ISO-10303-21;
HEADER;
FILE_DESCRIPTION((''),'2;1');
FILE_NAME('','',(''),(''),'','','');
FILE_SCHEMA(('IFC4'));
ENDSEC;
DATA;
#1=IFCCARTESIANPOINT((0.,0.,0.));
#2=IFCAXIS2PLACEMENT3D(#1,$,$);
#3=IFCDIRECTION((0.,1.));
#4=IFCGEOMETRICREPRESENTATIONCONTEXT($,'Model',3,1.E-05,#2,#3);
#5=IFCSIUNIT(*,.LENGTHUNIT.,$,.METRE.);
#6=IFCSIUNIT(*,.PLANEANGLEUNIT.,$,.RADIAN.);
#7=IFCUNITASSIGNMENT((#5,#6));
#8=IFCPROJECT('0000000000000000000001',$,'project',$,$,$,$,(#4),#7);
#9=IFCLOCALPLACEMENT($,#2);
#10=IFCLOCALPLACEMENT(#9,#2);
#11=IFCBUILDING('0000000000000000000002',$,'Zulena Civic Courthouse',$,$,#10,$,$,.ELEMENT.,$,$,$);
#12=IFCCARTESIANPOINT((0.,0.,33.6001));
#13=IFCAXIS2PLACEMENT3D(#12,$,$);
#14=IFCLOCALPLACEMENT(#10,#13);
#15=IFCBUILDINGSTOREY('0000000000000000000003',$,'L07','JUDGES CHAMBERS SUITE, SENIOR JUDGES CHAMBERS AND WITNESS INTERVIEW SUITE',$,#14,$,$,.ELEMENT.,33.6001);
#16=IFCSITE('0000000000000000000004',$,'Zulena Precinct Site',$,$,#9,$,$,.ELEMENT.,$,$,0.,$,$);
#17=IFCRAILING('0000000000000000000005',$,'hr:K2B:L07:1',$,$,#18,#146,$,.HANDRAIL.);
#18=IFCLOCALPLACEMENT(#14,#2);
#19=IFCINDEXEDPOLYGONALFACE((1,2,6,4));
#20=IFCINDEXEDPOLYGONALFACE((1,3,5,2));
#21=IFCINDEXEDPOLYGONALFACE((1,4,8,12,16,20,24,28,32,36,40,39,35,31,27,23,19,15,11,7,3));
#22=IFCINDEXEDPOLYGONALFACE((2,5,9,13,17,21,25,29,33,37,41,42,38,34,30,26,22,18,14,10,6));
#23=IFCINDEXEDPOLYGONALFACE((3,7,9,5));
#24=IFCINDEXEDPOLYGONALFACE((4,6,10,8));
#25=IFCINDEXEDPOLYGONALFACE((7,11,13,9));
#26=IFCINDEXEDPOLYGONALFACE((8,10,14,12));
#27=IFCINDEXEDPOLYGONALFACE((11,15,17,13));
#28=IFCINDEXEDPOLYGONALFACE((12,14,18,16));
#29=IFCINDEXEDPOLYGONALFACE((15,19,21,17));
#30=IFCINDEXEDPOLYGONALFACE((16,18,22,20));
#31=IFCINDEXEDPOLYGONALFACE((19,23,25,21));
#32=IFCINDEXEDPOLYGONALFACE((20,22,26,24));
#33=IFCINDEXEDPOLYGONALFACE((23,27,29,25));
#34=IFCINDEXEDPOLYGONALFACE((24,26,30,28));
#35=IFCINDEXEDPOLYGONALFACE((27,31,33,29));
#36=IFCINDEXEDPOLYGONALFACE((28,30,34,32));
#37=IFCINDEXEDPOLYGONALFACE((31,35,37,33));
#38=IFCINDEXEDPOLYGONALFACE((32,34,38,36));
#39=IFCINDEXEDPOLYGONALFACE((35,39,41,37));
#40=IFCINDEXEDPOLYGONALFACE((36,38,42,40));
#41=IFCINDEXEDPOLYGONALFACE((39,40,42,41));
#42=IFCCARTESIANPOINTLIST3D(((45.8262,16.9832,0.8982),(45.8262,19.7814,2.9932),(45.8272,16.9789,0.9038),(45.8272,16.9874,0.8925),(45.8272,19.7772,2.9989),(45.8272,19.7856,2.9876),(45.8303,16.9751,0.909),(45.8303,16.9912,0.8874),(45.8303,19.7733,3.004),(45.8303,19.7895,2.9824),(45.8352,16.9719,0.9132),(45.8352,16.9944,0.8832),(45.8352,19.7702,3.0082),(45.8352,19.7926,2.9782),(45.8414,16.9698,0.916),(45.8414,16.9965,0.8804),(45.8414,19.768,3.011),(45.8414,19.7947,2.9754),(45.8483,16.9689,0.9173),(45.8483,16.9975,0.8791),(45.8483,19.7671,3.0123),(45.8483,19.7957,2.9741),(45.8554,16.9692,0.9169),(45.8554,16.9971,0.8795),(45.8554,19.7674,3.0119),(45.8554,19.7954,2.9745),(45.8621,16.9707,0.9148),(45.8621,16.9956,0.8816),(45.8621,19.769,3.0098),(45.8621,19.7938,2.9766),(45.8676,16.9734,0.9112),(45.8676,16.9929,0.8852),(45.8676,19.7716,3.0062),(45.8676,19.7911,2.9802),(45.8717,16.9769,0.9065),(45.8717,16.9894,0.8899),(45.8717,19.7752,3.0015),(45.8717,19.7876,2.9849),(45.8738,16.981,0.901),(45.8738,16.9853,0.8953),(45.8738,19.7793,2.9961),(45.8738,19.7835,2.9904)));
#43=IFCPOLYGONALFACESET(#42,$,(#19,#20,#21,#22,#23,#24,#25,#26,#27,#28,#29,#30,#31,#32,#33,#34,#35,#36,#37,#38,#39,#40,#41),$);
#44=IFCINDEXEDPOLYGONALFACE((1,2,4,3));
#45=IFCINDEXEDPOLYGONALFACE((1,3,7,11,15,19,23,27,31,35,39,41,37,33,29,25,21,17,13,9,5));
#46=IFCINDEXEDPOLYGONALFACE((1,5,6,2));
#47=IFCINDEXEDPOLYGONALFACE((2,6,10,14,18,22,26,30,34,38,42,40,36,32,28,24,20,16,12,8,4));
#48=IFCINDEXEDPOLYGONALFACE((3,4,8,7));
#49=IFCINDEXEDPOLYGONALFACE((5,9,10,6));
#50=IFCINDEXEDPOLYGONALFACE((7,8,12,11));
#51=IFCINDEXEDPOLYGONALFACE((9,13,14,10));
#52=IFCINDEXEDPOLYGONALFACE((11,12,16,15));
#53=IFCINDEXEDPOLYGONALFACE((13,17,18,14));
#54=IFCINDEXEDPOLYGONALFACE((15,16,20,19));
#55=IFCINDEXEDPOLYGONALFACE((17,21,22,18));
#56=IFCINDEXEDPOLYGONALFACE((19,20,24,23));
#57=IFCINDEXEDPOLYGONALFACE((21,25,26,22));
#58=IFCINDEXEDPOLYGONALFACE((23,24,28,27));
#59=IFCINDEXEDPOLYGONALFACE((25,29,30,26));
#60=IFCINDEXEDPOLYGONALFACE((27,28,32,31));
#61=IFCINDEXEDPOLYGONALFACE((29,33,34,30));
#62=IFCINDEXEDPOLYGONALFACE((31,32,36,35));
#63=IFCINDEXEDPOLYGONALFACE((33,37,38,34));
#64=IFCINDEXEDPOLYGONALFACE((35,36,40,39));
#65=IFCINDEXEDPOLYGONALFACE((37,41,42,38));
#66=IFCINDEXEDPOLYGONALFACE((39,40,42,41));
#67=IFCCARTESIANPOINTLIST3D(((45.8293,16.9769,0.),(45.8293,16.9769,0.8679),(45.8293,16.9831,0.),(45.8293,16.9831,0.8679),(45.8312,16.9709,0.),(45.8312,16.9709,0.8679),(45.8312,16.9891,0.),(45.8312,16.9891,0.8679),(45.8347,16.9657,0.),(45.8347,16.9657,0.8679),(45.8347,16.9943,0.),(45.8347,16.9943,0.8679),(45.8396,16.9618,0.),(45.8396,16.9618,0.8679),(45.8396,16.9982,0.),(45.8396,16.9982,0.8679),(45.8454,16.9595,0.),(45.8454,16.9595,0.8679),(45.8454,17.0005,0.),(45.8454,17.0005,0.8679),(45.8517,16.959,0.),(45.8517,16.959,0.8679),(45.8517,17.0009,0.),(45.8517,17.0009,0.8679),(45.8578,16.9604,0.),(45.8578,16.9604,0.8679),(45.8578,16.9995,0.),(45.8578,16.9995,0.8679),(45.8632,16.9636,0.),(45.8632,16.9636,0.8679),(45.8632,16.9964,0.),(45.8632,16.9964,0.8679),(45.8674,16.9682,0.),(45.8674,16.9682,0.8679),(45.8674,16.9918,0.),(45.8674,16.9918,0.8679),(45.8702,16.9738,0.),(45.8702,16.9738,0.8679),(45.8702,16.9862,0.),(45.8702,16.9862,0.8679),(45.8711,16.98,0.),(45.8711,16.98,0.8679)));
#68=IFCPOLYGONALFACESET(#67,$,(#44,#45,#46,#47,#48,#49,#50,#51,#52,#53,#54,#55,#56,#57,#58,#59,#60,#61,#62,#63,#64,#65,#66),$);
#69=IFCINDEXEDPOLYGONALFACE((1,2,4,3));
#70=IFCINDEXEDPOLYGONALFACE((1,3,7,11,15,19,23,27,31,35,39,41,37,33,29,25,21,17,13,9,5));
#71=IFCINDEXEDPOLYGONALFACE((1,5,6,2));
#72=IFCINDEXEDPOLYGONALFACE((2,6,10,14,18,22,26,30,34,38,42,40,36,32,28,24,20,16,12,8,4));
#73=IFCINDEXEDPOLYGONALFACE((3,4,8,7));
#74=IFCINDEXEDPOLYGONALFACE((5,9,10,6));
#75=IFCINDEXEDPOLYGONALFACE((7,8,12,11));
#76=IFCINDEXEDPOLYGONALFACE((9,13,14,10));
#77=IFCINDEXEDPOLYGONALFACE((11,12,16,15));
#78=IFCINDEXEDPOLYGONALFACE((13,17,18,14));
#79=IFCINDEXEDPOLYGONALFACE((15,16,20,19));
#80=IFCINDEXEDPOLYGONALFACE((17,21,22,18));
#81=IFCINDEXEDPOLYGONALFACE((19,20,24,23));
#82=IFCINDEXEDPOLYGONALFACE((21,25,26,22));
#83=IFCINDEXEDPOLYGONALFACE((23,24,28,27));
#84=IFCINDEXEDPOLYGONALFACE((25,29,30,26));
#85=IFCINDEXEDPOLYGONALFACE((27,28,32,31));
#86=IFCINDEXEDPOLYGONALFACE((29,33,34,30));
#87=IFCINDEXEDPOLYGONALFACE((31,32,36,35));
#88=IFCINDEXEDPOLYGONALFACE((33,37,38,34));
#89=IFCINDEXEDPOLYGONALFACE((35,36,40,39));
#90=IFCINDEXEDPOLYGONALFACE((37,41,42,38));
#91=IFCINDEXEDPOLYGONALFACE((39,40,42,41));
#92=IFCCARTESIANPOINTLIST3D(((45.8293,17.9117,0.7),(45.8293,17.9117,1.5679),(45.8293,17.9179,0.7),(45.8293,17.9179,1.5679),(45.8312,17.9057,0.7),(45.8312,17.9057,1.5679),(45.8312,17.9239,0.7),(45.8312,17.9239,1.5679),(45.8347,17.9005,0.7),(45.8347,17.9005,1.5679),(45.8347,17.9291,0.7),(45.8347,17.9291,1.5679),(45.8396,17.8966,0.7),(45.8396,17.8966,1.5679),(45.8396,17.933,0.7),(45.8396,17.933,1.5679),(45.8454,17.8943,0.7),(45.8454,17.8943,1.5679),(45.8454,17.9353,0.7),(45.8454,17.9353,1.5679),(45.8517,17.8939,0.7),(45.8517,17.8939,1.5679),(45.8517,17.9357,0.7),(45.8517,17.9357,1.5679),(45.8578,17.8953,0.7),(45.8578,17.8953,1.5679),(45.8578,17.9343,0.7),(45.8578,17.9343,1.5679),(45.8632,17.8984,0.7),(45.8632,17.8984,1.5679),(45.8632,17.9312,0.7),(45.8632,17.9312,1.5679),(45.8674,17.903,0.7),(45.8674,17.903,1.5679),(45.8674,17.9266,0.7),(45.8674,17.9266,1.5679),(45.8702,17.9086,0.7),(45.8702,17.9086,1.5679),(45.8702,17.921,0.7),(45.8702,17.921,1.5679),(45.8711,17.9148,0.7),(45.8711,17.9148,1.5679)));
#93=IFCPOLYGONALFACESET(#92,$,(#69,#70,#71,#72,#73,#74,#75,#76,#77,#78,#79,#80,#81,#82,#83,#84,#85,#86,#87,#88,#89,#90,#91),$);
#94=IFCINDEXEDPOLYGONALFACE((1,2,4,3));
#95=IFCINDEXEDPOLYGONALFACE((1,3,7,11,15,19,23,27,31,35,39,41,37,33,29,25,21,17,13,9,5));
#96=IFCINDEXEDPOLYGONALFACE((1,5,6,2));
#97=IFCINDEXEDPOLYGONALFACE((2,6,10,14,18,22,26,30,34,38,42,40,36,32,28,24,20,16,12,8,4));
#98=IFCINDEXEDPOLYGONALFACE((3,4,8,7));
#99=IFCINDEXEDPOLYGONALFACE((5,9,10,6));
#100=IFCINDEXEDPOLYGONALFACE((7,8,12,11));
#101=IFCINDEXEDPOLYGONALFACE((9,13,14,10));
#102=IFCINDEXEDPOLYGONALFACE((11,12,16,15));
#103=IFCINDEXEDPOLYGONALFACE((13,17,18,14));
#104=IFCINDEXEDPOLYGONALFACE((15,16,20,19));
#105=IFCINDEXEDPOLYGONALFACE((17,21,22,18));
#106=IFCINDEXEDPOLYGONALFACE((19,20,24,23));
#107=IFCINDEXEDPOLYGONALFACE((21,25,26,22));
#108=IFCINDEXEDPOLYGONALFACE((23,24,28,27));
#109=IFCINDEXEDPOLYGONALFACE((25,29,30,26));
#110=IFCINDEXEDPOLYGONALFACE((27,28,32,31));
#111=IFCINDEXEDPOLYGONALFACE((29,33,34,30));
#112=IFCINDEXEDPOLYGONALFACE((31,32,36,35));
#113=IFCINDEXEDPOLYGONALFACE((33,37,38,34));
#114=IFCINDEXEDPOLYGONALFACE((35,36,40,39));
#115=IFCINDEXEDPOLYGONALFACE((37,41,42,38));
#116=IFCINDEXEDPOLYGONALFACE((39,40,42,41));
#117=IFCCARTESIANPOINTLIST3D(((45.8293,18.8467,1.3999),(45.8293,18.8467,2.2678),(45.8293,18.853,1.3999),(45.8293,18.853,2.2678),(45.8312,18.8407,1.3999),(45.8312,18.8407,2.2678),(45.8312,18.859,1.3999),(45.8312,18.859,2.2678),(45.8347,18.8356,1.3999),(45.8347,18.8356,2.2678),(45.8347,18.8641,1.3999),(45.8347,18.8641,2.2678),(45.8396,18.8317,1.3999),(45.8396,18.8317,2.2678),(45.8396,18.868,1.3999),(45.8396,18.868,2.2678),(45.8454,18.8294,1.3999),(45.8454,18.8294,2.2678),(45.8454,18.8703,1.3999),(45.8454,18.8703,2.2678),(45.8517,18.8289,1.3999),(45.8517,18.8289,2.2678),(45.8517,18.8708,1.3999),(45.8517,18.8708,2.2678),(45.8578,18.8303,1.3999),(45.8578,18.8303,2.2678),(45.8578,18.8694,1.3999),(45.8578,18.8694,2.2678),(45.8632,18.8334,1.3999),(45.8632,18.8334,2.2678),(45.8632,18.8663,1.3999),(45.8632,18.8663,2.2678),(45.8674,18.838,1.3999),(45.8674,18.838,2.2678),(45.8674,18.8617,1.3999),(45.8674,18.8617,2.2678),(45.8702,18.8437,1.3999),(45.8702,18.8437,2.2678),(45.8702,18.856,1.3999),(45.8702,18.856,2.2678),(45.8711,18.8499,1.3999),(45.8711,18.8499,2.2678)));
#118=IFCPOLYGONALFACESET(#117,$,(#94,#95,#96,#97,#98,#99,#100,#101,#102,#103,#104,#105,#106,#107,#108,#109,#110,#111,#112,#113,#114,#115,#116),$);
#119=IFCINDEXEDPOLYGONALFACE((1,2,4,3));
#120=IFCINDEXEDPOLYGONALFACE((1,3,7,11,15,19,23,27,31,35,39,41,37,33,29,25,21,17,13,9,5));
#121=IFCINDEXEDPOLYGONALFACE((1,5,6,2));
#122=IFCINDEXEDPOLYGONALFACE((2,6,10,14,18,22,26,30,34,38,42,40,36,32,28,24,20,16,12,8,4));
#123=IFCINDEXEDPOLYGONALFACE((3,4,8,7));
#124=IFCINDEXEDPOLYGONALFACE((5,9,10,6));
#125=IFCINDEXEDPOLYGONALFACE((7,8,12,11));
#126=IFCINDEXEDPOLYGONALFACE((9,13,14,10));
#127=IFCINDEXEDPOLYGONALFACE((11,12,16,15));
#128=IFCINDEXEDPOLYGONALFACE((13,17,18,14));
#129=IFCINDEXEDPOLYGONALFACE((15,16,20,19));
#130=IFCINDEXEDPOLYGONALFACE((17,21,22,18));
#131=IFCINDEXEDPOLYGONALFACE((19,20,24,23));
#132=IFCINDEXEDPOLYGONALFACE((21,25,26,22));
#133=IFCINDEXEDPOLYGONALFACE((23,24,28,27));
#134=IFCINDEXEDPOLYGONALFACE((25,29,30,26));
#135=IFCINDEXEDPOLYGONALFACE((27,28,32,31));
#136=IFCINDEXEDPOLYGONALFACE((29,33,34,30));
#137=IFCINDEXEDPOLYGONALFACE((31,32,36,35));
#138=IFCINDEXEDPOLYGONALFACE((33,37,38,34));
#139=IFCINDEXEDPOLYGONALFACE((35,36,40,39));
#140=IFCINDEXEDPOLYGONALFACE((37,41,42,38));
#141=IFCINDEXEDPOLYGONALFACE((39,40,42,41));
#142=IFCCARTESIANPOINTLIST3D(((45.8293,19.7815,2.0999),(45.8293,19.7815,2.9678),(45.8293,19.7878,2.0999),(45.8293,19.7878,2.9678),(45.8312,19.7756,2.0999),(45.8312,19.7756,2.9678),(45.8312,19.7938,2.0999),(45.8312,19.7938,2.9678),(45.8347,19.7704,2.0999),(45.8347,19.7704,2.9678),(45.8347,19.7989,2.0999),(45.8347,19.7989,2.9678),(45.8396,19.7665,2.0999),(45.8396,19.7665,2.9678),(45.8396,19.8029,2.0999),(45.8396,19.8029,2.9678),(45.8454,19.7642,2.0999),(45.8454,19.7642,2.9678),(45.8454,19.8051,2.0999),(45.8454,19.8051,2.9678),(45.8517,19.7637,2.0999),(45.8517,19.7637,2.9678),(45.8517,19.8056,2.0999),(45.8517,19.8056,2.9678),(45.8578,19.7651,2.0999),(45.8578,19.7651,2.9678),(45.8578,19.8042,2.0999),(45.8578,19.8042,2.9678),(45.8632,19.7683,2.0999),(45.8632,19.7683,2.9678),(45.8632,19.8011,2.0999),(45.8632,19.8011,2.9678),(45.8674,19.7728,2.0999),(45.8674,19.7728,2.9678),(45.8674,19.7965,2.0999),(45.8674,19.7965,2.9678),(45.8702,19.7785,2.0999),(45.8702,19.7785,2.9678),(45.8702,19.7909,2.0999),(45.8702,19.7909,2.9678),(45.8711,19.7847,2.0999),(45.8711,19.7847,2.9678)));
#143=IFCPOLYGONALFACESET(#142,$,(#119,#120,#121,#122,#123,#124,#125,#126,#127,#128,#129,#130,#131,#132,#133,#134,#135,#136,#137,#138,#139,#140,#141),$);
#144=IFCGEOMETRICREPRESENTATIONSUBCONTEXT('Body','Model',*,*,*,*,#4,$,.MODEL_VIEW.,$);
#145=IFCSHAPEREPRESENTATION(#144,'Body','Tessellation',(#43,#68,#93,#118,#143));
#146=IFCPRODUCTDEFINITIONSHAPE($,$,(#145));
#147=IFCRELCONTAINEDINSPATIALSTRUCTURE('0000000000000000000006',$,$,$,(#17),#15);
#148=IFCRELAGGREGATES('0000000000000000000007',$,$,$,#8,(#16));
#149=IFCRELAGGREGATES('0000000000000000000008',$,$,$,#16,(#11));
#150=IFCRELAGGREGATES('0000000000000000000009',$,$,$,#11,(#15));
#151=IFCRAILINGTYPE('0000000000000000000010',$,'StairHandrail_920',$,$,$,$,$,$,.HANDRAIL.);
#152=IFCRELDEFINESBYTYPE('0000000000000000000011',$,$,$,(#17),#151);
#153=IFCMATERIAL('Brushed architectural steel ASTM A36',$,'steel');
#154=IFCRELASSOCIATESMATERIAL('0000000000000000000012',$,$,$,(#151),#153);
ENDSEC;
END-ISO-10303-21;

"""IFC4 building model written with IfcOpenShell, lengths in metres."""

from ifc_helpers import new_model, si_unit, direction, frame, origin, origin_2d, place, context, subcontext, project, spatial, circle, extrude, material, type_object, element, save


model = new_model("IFC4")

# Units and contexts
model_context = context("Model", 3, precision=1e-05, world=origin(), true_north=direction((0.0, 1.0)))
body_context = subcontext(model_context, "Body", "Model", "MODEL_VIEW")
ifc_project = project(units=[si_unit("LENGTHUNIT", "METRE"), si_unit("PLANEANGLEUNIT", "RADIAN")], contexts=[model_context])

# Site, building, storey
site_placement = place(None, origin())
site = spatial("IfcSite", under=ifc_project, at=site_placement, Name="Zulena Precinct Site", CompositionType="ELEMENT", RefElevation=0.0)
building_placement = place(site_placement, origin())
building = spatial("IfcBuilding", under=site, at=building_placement, Name="Zulena Civic Courthouse", CompositionType="ELEMENT")
storey_placement = place(building_placement, frame((0.0, 0.0, 33.6001)))
storey = spatial("IfcBuildingStorey", under=building, at=storey_placement, Name="L07", Description="JUDGES CHAMBERS SUITE, SENIOR JUDGES CHAMBERS AND WITNESS INTERVIEW SUITE", CompositionType="ELEMENT", Elevation=33.6001)

# Railing
ifc_material_1 = material(Name="Brushed architectural steel ASTM A36", Category="steel")
railing_type_1 = type_object("IfcRailingType", Name="StairHandrail_920", PredefinedType="HANDRAIL", material=ifc_material_1)
railing_1_placement = place(storey_placement, frame((45.8501, 16.98, 0.0)))
element("IfcRailing", 1, at=railing_1_placement, inside=storey, type_object=railing_type_1, Name="hr:K2B:L07:1", PredefinedType="HANDRAIL", context=body_context, shape_type="SweptSolid", body=[
    extrude(circle(Radius=0.0239, at=origin_2d()), frame((0.0, 0.0032, 0.8982), z_axis=(0.0, 0.800501, 0.599331), x_axis=(-1.0, 0.0, 0.0)), (0.0, 0.0, 1.0), 3.4956),
    extrude(circle(Radius=0.021, at=origin_2d()), origin(), (0.0, 0.0, 1.0), 0.8679),
    extrude(circle(Radius=0.021, at=origin_2d()), frame((0.0, 0.9348, 0.7)), (0.0, 0.0, 1.0), 0.8679),
    extrude(circle(Radius=0.021, at=origin_2d()), frame((0.0, 1.8699, 1.3999)), (0.0, 0.0, 1.0), 0.8679),
    extrude(circle(Radius=0.021, at=origin_2d()), frame((0.0, 2.8047, 2.0999)), (0.0, 0.0, 1.0), 0.8679),
])

save(model, "model.ifc")
